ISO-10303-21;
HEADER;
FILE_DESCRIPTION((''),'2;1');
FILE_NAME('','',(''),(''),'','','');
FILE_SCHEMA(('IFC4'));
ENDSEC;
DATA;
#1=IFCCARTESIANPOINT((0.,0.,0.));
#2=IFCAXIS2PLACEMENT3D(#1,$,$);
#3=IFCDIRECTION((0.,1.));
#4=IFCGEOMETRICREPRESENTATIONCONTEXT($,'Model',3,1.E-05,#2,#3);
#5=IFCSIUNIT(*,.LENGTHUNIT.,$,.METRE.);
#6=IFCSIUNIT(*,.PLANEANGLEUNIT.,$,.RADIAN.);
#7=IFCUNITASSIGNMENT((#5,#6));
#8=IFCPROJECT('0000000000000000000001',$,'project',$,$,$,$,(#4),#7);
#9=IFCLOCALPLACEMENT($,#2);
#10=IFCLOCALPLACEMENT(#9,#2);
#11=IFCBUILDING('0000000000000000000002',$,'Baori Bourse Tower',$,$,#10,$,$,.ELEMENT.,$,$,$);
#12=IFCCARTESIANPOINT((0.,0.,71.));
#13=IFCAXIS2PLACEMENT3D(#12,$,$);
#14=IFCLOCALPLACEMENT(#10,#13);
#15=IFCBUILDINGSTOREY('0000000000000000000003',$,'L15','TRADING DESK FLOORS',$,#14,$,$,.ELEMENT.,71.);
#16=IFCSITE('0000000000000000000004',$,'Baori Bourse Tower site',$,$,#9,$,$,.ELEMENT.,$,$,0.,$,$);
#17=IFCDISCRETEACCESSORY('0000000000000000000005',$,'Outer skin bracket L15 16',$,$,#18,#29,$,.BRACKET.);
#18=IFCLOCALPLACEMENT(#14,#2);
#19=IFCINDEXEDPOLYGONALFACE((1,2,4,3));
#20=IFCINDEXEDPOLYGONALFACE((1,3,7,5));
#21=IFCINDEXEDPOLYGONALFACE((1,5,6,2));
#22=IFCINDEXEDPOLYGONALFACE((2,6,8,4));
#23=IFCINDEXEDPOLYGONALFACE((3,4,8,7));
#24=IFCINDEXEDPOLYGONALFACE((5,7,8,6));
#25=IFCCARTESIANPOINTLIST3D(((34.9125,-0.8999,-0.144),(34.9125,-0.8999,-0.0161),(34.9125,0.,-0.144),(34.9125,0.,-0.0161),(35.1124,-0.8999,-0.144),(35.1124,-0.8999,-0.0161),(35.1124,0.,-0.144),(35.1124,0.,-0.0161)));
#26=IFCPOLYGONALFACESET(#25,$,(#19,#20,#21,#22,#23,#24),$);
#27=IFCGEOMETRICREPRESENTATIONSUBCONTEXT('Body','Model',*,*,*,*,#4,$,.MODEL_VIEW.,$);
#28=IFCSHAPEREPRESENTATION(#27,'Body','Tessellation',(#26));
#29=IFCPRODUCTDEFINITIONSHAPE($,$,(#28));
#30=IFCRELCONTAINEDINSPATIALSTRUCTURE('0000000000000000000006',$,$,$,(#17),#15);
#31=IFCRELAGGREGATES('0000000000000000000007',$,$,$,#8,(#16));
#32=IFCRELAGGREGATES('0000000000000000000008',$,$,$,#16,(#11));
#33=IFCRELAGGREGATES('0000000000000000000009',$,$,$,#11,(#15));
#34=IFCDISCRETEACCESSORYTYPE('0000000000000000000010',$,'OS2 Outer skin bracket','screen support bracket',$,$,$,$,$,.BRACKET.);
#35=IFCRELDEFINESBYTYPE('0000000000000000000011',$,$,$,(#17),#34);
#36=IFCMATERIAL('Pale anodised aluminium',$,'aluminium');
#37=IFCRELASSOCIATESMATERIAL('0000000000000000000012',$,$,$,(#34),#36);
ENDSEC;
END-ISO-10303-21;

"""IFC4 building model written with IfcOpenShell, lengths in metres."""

from ifc_helpers import new_model, si_unit, direction, frame, origin, origin_2d, place, context, subcontext, project, spatial, rectangle, extrude, material, type_object, element, save


model = new_model("IFC4")

# Units and contexts
model_context = context("Model", 3, precision=1e-05, world=origin(), true_north=direction((0.0, 1.0)))
body_context = subcontext(model_context, "Body", "Model", "MODEL_VIEW")
ifc_project = project(units=[si_unit("LENGTHUNIT", "METRE"), si_unit("PLANEANGLEUNIT", "RADIAN")], contexts=[model_context])

# Site, building, storey
site_placement = place(None, origin())
site = spatial("IfcSite", under=ifc_project, at=site_placement, Name="Baori Bourse Tower site", CompositionType="ELEMENT", RefElevation=0.0)
building_placement = place(site_placement, origin())
building = spatial("IfcBuilding", under=site, at=building_placement, Name="Baori Bourse Tower", CompositionType="ELEMENT")
storey_placement = place(building_placement, frame((0.0, 0.0, 71.0)))
storey = spatial("IfcBuildingStorey", under=building, at=storey_placement, Name="L15", Description="TRADING DESK FLOORS", CompositionType="ELEMENT", Elevation=71.0)

# Discrete accessory
ifc_material_1 = material(Name="Pale anodised aluminium", Category="aluminium")
discrete_accessory_type = type_object("IfcDiscreteAccessoryType", Name="OS2 Outer skin bracket", Description="screen support bracket", PredefinedType="BRACKET", material=ifc_material_1)
for number, where, z_axis, x_axis, name in (
    (1, (35.0125, -0.45, -0.144), (0.0, 0.0, 1.0), (1.0, 0.0, 0.0), "Outer skin bracket L15 16"),
):
    element("IfcDiscreteAccessory", number, at=place(storey_placement, frame(where, z_axis=z_axis, x_axis=x_axis)), inside=storey, type_object=discrete_accessory_type, Name=name, PredefinedType="BRACKET", context=body_context, shape_type="SweptSolid", body=[
        extrude(rectangle(XDim=0.2, YDim=0.8999, at=origin_2d()), origin(), (0.0, 0.0, 1.0), 0.1279),
    ])

save(model, "model.ifc")
